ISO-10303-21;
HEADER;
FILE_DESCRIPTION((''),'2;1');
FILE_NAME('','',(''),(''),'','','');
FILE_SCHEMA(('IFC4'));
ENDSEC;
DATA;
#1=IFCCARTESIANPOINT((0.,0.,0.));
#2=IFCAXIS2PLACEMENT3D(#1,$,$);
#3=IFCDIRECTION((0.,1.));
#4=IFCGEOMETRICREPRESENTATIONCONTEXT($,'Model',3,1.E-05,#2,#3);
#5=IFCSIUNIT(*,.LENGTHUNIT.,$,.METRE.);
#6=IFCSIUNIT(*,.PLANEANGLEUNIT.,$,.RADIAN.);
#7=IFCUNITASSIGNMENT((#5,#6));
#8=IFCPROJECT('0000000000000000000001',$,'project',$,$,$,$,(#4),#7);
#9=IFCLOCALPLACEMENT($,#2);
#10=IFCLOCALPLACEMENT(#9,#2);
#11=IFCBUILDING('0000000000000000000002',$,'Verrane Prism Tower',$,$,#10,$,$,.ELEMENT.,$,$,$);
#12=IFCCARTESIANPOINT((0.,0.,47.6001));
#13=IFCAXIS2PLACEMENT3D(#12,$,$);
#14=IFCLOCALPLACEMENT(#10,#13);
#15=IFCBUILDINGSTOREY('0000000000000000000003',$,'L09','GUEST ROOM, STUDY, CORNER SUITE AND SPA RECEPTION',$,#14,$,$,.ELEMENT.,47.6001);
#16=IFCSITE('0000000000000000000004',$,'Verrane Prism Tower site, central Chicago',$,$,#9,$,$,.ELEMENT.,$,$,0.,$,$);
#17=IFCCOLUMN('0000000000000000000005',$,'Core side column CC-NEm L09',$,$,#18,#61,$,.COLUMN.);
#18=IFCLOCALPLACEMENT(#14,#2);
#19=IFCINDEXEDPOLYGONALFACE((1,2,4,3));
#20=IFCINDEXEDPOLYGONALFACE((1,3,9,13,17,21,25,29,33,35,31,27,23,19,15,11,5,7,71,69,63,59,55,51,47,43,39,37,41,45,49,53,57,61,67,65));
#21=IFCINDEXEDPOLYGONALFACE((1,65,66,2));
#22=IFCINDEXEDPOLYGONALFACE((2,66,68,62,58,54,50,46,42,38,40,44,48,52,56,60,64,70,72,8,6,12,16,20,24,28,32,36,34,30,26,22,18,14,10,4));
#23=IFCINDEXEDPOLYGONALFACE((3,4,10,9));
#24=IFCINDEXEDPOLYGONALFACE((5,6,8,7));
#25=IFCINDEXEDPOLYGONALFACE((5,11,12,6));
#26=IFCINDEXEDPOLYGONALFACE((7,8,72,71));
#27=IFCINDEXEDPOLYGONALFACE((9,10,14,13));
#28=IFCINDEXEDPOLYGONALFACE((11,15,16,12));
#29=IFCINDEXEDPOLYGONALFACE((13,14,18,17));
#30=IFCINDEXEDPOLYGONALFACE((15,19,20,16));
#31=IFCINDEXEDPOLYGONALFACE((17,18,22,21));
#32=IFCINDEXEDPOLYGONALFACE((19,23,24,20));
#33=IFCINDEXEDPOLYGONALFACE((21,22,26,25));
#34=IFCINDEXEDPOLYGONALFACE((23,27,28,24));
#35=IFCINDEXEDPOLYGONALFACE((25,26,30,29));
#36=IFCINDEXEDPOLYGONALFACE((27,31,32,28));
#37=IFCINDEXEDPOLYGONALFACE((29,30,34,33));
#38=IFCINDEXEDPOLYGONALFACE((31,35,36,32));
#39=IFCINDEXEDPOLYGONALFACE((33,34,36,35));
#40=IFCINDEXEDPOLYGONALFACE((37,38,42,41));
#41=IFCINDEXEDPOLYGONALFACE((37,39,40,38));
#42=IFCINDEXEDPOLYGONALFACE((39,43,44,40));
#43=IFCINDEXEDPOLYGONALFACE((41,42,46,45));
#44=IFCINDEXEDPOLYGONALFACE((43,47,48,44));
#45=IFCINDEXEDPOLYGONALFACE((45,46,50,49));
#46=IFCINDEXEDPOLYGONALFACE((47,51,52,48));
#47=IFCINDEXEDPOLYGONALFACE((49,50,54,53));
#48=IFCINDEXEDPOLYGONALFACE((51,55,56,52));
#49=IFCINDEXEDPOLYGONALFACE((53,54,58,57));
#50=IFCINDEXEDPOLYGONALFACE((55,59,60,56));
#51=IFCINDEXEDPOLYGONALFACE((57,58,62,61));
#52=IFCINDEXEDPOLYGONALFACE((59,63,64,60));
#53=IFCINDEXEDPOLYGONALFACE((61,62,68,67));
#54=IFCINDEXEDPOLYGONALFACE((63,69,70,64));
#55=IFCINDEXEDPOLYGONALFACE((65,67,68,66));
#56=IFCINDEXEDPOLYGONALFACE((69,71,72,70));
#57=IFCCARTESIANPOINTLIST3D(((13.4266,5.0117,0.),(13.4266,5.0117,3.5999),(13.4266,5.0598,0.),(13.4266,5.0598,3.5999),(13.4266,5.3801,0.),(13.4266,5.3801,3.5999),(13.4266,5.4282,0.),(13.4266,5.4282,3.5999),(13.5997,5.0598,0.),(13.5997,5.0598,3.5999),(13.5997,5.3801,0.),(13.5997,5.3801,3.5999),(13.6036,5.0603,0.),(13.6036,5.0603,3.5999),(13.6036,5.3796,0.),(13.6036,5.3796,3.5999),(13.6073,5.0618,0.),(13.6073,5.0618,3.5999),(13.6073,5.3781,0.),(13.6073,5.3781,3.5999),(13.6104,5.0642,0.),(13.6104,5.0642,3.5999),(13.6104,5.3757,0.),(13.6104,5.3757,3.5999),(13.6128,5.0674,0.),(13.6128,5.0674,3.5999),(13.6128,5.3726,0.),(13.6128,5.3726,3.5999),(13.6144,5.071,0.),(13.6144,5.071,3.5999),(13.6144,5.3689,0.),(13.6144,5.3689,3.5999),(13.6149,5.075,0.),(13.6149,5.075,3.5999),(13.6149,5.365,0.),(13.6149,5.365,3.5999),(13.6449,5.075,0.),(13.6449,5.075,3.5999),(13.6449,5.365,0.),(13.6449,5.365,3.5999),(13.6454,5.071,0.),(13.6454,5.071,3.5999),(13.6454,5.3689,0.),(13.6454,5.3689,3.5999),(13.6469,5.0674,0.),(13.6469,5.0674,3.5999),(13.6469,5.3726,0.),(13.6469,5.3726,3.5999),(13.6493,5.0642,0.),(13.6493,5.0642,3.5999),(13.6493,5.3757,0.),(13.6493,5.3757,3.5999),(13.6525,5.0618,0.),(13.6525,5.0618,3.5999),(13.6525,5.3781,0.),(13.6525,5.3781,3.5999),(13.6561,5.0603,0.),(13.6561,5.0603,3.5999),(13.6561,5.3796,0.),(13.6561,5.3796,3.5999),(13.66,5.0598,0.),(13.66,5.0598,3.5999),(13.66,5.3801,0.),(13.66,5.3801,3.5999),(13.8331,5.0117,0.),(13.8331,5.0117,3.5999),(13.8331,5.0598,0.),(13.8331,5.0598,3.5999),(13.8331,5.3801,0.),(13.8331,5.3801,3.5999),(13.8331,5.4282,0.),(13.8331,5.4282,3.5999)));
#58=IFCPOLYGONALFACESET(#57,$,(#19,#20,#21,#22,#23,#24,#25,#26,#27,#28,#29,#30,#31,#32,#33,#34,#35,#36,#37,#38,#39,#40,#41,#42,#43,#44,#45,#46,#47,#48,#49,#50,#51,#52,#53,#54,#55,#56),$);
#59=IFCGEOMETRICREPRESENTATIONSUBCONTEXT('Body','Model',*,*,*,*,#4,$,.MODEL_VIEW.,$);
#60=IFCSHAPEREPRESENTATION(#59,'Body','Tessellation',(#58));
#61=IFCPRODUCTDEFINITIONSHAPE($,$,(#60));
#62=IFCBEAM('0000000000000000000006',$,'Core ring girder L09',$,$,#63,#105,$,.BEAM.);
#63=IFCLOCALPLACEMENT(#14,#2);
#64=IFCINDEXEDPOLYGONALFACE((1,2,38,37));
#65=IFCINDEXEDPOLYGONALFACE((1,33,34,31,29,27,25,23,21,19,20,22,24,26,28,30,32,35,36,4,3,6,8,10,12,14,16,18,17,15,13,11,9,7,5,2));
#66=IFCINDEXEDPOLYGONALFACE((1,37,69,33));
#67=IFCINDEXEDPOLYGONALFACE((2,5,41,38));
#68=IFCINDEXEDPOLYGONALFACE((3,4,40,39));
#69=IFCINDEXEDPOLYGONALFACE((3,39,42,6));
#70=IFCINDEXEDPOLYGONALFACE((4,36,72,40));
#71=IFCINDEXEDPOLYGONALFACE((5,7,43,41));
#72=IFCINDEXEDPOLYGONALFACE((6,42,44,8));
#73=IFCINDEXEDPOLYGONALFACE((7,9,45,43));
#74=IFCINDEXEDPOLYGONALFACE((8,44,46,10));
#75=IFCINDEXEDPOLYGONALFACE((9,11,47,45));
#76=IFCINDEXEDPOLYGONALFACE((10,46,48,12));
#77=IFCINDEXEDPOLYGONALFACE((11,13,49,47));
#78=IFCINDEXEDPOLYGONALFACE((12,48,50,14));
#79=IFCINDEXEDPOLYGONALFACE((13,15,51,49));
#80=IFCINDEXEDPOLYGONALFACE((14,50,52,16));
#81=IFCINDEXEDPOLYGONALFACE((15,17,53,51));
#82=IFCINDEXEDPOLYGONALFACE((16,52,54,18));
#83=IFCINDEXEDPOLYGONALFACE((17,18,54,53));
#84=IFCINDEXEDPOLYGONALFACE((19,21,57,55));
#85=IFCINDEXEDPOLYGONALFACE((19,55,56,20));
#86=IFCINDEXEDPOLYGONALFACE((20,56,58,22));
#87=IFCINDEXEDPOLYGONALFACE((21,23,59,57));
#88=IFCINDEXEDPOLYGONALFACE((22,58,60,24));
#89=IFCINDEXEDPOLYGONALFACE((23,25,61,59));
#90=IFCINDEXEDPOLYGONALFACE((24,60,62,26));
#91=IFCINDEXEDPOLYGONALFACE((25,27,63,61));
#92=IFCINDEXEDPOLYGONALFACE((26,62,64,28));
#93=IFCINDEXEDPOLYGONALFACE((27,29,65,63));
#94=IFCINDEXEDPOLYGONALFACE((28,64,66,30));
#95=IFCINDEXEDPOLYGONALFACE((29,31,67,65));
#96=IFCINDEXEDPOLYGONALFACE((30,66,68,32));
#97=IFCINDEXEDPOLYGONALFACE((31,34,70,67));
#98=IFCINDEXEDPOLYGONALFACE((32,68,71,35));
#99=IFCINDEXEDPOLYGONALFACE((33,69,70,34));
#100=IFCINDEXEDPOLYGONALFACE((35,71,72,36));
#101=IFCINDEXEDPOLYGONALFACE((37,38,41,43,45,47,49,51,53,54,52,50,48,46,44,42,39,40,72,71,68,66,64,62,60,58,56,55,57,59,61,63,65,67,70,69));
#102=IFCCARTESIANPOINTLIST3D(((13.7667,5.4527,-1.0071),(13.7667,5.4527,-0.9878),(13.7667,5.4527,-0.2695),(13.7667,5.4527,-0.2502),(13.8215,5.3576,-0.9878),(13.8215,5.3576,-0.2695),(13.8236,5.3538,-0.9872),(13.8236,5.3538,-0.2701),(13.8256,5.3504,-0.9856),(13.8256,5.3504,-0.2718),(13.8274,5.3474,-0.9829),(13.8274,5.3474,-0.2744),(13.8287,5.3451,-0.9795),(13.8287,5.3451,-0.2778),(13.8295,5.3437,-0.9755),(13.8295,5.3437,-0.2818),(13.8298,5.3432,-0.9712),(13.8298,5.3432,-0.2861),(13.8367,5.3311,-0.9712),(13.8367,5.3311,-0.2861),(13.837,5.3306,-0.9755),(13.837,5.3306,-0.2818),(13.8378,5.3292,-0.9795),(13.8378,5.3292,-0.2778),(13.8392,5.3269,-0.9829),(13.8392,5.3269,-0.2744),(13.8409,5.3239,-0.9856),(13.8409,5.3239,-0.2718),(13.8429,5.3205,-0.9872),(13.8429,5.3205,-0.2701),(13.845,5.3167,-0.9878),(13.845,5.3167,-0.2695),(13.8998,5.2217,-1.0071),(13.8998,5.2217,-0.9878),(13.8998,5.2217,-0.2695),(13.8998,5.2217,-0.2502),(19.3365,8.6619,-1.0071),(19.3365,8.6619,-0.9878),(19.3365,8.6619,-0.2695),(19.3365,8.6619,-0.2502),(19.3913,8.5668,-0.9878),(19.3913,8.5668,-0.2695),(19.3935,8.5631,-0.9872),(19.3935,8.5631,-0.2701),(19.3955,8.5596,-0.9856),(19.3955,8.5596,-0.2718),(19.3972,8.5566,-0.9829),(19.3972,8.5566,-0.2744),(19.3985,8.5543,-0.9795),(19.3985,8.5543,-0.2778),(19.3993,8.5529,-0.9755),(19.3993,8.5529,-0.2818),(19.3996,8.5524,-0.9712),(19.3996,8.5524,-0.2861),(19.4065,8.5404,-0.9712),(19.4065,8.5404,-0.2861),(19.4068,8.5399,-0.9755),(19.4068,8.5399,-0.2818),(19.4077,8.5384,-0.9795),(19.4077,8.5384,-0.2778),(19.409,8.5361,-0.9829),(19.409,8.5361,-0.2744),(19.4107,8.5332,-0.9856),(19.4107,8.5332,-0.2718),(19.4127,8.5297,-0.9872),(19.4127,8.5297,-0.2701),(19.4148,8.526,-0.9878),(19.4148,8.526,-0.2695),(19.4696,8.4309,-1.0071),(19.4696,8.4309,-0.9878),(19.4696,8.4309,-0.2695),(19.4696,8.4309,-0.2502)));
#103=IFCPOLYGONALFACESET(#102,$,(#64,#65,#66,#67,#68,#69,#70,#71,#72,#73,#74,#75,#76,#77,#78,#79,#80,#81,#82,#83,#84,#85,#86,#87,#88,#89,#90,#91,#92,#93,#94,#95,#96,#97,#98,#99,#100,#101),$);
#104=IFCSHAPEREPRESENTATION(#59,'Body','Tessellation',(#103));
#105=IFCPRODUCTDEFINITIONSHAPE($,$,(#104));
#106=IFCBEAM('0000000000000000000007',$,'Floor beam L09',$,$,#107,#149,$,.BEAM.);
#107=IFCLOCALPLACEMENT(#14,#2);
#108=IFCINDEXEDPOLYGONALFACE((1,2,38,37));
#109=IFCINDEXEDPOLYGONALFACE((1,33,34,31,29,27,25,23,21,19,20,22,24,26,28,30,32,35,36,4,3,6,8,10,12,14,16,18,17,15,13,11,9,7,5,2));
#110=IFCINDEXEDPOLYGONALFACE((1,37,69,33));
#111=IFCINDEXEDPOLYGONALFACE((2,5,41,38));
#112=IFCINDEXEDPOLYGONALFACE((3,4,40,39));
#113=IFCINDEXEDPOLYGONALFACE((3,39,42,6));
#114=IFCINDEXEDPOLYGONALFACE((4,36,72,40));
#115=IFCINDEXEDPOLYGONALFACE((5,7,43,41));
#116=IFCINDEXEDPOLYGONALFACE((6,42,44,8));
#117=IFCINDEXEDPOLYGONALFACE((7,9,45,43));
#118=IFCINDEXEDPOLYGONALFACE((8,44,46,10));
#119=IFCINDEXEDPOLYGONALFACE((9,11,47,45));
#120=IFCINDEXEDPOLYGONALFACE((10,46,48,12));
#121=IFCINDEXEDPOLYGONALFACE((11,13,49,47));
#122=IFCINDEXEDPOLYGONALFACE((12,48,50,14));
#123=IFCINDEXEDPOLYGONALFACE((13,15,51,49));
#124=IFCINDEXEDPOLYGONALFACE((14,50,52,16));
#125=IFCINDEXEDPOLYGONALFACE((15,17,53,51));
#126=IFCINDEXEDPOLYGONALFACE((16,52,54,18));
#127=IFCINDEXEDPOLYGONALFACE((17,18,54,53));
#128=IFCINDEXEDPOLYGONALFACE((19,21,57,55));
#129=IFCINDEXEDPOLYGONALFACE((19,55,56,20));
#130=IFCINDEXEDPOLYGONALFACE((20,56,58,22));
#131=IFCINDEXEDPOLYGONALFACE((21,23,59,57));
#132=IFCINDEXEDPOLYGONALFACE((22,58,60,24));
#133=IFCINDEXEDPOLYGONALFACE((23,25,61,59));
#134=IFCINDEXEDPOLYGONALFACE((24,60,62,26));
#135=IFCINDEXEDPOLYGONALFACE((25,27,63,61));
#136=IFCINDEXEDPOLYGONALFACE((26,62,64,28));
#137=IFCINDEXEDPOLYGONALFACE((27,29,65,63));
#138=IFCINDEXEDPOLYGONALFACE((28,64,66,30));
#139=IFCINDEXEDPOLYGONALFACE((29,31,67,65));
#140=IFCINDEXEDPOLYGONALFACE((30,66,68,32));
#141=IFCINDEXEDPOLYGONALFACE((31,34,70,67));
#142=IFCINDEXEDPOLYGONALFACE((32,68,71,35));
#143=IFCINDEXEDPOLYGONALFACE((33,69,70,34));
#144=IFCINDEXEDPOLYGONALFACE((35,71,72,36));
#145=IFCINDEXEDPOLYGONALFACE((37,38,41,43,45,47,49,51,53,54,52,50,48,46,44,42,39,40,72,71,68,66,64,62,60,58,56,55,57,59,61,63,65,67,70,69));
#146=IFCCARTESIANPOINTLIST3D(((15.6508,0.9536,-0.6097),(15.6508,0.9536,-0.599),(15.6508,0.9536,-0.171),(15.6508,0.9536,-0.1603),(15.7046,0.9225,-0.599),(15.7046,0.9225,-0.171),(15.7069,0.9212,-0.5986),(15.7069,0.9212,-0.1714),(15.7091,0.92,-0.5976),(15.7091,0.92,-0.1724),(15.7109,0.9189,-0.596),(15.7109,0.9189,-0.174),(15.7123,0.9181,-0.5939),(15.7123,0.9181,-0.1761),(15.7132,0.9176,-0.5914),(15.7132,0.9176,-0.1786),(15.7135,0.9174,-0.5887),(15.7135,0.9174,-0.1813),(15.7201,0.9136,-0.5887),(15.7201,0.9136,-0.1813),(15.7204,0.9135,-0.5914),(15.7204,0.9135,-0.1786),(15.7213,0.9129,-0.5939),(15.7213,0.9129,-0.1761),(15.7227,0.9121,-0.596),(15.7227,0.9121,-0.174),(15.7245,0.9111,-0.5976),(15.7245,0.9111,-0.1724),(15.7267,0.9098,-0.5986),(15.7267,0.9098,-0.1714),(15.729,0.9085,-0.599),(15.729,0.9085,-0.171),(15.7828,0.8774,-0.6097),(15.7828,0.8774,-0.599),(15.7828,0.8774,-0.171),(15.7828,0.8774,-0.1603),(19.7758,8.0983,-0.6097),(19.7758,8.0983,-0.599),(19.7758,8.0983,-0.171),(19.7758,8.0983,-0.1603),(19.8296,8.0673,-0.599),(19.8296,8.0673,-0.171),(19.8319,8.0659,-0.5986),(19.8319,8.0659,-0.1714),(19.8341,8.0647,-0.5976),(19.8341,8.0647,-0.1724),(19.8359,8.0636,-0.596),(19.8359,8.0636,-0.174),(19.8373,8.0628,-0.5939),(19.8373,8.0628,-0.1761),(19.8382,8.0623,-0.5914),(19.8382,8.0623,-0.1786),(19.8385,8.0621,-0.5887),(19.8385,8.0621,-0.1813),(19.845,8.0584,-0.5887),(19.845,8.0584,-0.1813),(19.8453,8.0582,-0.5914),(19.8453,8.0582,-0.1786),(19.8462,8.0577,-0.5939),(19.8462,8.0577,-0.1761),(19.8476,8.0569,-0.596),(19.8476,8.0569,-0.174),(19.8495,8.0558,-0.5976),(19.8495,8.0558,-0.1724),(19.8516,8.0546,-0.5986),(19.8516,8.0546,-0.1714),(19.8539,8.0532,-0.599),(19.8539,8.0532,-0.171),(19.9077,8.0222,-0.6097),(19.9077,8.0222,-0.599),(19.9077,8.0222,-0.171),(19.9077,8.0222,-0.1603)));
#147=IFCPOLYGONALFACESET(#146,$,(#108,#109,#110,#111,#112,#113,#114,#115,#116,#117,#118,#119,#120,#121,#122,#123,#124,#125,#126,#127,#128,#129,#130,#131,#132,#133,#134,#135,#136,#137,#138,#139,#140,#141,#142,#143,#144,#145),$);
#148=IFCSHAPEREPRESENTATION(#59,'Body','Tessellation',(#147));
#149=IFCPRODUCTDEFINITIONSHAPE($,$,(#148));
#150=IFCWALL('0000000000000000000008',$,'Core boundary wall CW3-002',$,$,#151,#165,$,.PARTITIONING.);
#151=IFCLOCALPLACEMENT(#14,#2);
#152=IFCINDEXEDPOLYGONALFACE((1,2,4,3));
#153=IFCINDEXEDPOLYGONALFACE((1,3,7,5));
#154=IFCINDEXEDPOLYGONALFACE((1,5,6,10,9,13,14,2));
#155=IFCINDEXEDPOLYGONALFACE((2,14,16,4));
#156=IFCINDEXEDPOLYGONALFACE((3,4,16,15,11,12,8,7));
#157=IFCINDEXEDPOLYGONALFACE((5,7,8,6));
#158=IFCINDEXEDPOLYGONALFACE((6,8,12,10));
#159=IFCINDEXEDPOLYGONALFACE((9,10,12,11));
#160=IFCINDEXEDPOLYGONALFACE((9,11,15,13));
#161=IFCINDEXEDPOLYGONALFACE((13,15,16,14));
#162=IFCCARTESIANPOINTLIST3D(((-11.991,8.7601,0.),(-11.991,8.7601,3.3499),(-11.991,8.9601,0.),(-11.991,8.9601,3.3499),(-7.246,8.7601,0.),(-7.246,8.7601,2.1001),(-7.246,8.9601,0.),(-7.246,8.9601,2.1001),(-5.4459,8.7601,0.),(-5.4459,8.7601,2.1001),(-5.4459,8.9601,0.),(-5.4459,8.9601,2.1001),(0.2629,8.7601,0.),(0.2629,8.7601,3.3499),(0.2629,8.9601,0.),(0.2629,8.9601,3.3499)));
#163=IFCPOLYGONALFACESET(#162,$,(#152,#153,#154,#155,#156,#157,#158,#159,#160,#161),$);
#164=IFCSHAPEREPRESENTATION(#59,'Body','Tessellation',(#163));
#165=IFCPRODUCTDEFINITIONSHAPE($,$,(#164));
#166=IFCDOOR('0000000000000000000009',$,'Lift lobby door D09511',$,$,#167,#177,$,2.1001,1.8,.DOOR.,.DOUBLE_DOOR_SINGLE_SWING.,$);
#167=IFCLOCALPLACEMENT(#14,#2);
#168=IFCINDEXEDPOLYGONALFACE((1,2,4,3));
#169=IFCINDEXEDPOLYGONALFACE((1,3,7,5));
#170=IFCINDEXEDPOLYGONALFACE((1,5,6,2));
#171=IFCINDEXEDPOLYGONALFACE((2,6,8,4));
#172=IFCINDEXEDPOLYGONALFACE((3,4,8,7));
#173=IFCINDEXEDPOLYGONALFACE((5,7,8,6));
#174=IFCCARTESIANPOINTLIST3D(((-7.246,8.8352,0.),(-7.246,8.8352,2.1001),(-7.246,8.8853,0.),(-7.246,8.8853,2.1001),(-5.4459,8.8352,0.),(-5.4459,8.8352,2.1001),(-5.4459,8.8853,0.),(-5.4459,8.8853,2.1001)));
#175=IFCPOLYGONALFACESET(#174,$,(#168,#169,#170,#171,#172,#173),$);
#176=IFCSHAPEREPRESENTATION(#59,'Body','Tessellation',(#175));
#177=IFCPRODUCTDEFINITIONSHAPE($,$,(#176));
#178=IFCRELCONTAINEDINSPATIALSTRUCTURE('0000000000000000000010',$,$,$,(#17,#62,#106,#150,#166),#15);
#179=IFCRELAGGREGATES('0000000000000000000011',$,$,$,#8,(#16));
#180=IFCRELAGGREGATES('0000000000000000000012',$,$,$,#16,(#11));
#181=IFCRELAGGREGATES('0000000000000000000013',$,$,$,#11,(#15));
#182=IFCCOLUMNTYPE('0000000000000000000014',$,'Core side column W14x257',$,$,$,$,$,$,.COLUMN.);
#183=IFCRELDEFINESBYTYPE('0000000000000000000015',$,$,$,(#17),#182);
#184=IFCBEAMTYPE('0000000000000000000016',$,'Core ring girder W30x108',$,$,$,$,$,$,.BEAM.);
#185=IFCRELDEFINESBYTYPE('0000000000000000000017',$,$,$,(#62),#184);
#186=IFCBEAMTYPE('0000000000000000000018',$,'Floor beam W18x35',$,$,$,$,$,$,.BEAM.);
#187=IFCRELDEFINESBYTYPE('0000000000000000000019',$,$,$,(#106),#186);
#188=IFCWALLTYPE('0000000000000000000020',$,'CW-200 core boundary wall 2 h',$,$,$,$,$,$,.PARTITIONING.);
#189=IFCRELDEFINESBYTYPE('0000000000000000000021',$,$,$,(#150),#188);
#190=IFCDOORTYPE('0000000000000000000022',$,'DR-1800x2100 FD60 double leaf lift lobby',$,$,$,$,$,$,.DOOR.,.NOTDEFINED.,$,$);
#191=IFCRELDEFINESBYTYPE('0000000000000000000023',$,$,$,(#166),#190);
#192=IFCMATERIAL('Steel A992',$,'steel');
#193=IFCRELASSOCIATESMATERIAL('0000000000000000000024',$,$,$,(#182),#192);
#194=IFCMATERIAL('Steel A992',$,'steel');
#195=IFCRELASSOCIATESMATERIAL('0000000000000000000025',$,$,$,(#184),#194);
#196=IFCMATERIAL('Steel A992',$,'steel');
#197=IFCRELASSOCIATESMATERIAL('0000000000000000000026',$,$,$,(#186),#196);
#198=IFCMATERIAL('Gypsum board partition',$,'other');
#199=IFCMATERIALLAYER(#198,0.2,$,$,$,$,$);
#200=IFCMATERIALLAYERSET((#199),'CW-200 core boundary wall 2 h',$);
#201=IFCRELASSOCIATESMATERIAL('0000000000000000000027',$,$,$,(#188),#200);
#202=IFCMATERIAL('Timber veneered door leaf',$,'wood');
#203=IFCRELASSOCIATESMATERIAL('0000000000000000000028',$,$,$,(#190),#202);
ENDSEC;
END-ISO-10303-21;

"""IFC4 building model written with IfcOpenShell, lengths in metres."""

from ifc_helpers import new_model, si_unit, direction, frame, frame_2d, origin, origin_2d, place, context, subcontext, project, spatial, rectangle, i_section, extrude, material, layer, layer_set, material_profile, profile_set, type_object, element, fill, save


model = new_model("IFC4")

# Units and contexts
model_context = context("Model", 3, precision=1e-05, world=origin(), true_north=direction((0.0, 1.0)))
body_context = subcontext(model_context, "Body", "Model", "MODEL_VIEW")
ifc_project = project(units=[si_unit("LENGTHUNIT", "METRE"), si_unit("PLANEANGLEUNIT", "RADIAN")], contexts=[model_context])

# Site, building, storey
site_placement = place(None, origin())
site = spatial("IfcSite", under=ifc_project, at=site_placement, Name="Verrane Prism Tower site, central Chicago", CompositionType="ELEMENT", RefElevation=0.0)
building_placement = place(site_placement, origin())
building = spatial("IfcBuilding", under=site, at=building_placement, Name="Verrane Prism Tower", CompositionType="ELEMENT")
storey_placement = place(building_placement, frame((0.0, 0.0, 47.6001)))
storey = spatial("IfcBuildingStorey", under=building, at=storey_placement, Name="L09", Description="GUEST ROOM, STUDY, CORNER SUITE AND SPA RECEPTION", CompositionType="ELEMENT", Elevation=47.6001)

# Column
ifc_material_1 = material(Name="Steel A992", Category="steel")
ifc_material_profile_1 = material_profile(ifc_material_1, i_section(OverallWidth=0.4065, OverallDepth=0.4165, WebThickness=0.03, FlangeThickness=0.0481, FilletRadius=0.0151, at=origin_2d()), Name="W14x257")
ifc_profile_set_1 = profile_set([ifc_material_profile_1], Name="Steel A992")
column_type = type_object("IfcColumnType", Name="Core side column W14x257", PredefinedType="COLUMN", material=ifc_profile_set_1)
column_placement = place(storey_placement, frame((13.6299, 5.22, 0.0), z_axis=(0.0, 0.0, 1.0), x_axis=(1.0, 0.0, 0.0)))
element("IfcColumn", 1, at=column_placement, inside=storey, type_object=column_type, Name="Core side column CC-NEm L09", PredefinedType="COLUMN", context=body_context, shape_type="SweptSolid", body=[
    extrude(i_section(OverallWidth=0.4065, OverallDepth=0.4165, WebThickness=0.03, FlangeThickness=0.0481, FilletRadius=0.0151, at=origin_2d()), origin(), (0.0, 0.0, 1.0), 3.5999),
])

# Beams
ifc_material_2 = material(Name="Steel A992", Category="steel")
ifc_material_profile_2 = material_profile(ifc_material_2, i_section(OverallWidth=0.2666, OverallDepth=0.7568, WebThickness=0.0139, FlangeThickness=0.0193, FilletRadius=0.0166, at=origin_2d()), Name="W30x108")
ifc_profile_set_2 = profile_set([ifc_material_profile_2], Name="Steel A992")
beam_type_1 = type_object("IfcBeamType", Name="Core ring girder W30x108", PredefinedType="BEAM", material=ifc_profile_set_2)
beam_1_placement = place(storey_placement, frame((13.8333, 5.3372, -0.6287), z_axis=(0.866464, 0.49924, 0.0), x_axis=(-0.49924, 0.866464, 0.0)))
element("IfcBeam", 2, at=beam_1_placement, inside=storey, type_object=beam_type_1, Name="Core ring girder L09", PredefinedType="BEAM", context=body_context, shape_type="SweptSolid", body=[
    extrude(i_section(OverallWidth=0.2666, OverallDepth=0.7568, WebThickness=0.0139, FlangeThickness=0.0193, FilletRadius=0.0166, at=origin_2d()), origin(), (0.0, 0.0, 1.0), 6.4282),
])
ifc_material_3 = material(Name="Steel A992", Category="steel")
ifc_material_profile_3 = material_profile(ifc_material_3, i_section(OverallWidth=0.1523, OverallDepth=0.4495, WebThickness=0.0076, FlangeThickness=0.0107, FilletRadius=0.0103, at=origin_2d()), Name="W18x35")
ifc_profile_set_3 = profile_set([ifc_material_profile_3], Name="Steel A992")
beam_type_2 = type_object("IfcBeamType", Name="Floor beam W18x35", PredefinedType="BEAM", material=ifc_profile_set_3)
beam_2_placement = place(storey_placement, frame((15.7168, 0.9155, -0.385), z_axis=(0.499997, 0.866027, 0.0), x_axis=(-0.866027, 0.499997, 0.0)))
element("IfcBeam", 3, at=beam_2_placement, inside=storey, type_object=beam_type_2, Name="Floor beam L09", PredefinedType="BEAM", context=body_context, shape_type="SweptSolid", body=[
    extrude(i_section(OverallWidth=0.1523, OverallDepth=0.4495, WebThickness=0.0076, FlangeThickness=0.0107, FilletRadius=0.0103, at=origin_2d()), origin(), (0.0, 0.0, 1.0), 8.25),
])

# Wall, opening, door
ifc_material_4 = material(Name="Gypsum board partition", Category="other")
ifc_layer_1 = layer(ifc_material_4, 0.2)
ifc_layer_set_1 = layer_set([ifc_layer_1], Name="CW-200 core boundary wall 2 h")
wall_type_1 = type_object("IfcWallType", Name="CW-200 core boundary wall 2 h", PredefinedType="PARTITIONING", material=ifc_layer_set_1)
wall_1_placement = place(storey_placement, frame((0.2629, 8.8601, 0.0), z_axis=(0.0, 0.0, 1.0), x_axis=(-1.0, 0.0, 0.0)))
wall_1 = element("IfcWall", 4, at=wall_1_placement, inside=storey, type_object=wall_type_1, Name="Core boundary wall CW3-002", PredefinedType="PARTITIONING", context=body_context, shape_type="SweptSolid", body=[
    extrude(rectangle(XDim=12.2539, YDim=0.2, at=frame_2d((6.127, 0.0))), origin(), (0.0, 0.0, 1.0), 3.3499),
])
opening_1_placement = place(wall_1_placement, frame((5.709, 0.0, 0.0)))
opening_1 = element("IfcOpeningElement", 5, at=opening_1_placement, cuts=wall_1, PredefinedType="OPENING", context=body_context, shape_type="SweptSolid", body=[
    extrude(rectangle(XDim=1.8, YDim=2.1001, at=frame_2d((0.8999, 1.05))), frame((0.0, 0.1099, 0.0), z_axis=(0.0, -1.0, 0.0), x_axis=(1.0, 0.0, 0.0)), (0.0, 0.0, 1.0), 0.22),
])
ifc_material_5 = material(Name="Timber veneered door leaf", Category="wood")
door_type_1 = type_object("IfcDoorType", Name="DR-1800x2100 FD60 double leaf lift lobby", OperationType="NOTDEFINED", PredefinedType="DOOR", material=ifc_material_5)
door_1_placement = place(opening_1_placement, origin())
door_1 = element("IfcDoor", 6, at=door_1_placement, inside=storey, type_object=door_type_1, Name="Lift lobby door D09511", OperationType="DOUBLE_DOOR_SINGLE_SWING", OverallHeight=2.1001, OverallWidth=1.8, PredefinedType="DOOR", context=body_context, shape_type="SweptSolid", body=[
    extrude(rectangle(XDim=1.8, YDim=2.1001, at=frame_2d((0.8999, 1.05))), frame((0.0, 0.0249, 0.0), z_axis=(0.0, -1.0, 0.0), x_axis=(1.0, 0.0, 0.0)), (0.0, 0.0, 1.0), 0.05),
])
fill(opening_1, door_1)

save(model, "model.ifc")
